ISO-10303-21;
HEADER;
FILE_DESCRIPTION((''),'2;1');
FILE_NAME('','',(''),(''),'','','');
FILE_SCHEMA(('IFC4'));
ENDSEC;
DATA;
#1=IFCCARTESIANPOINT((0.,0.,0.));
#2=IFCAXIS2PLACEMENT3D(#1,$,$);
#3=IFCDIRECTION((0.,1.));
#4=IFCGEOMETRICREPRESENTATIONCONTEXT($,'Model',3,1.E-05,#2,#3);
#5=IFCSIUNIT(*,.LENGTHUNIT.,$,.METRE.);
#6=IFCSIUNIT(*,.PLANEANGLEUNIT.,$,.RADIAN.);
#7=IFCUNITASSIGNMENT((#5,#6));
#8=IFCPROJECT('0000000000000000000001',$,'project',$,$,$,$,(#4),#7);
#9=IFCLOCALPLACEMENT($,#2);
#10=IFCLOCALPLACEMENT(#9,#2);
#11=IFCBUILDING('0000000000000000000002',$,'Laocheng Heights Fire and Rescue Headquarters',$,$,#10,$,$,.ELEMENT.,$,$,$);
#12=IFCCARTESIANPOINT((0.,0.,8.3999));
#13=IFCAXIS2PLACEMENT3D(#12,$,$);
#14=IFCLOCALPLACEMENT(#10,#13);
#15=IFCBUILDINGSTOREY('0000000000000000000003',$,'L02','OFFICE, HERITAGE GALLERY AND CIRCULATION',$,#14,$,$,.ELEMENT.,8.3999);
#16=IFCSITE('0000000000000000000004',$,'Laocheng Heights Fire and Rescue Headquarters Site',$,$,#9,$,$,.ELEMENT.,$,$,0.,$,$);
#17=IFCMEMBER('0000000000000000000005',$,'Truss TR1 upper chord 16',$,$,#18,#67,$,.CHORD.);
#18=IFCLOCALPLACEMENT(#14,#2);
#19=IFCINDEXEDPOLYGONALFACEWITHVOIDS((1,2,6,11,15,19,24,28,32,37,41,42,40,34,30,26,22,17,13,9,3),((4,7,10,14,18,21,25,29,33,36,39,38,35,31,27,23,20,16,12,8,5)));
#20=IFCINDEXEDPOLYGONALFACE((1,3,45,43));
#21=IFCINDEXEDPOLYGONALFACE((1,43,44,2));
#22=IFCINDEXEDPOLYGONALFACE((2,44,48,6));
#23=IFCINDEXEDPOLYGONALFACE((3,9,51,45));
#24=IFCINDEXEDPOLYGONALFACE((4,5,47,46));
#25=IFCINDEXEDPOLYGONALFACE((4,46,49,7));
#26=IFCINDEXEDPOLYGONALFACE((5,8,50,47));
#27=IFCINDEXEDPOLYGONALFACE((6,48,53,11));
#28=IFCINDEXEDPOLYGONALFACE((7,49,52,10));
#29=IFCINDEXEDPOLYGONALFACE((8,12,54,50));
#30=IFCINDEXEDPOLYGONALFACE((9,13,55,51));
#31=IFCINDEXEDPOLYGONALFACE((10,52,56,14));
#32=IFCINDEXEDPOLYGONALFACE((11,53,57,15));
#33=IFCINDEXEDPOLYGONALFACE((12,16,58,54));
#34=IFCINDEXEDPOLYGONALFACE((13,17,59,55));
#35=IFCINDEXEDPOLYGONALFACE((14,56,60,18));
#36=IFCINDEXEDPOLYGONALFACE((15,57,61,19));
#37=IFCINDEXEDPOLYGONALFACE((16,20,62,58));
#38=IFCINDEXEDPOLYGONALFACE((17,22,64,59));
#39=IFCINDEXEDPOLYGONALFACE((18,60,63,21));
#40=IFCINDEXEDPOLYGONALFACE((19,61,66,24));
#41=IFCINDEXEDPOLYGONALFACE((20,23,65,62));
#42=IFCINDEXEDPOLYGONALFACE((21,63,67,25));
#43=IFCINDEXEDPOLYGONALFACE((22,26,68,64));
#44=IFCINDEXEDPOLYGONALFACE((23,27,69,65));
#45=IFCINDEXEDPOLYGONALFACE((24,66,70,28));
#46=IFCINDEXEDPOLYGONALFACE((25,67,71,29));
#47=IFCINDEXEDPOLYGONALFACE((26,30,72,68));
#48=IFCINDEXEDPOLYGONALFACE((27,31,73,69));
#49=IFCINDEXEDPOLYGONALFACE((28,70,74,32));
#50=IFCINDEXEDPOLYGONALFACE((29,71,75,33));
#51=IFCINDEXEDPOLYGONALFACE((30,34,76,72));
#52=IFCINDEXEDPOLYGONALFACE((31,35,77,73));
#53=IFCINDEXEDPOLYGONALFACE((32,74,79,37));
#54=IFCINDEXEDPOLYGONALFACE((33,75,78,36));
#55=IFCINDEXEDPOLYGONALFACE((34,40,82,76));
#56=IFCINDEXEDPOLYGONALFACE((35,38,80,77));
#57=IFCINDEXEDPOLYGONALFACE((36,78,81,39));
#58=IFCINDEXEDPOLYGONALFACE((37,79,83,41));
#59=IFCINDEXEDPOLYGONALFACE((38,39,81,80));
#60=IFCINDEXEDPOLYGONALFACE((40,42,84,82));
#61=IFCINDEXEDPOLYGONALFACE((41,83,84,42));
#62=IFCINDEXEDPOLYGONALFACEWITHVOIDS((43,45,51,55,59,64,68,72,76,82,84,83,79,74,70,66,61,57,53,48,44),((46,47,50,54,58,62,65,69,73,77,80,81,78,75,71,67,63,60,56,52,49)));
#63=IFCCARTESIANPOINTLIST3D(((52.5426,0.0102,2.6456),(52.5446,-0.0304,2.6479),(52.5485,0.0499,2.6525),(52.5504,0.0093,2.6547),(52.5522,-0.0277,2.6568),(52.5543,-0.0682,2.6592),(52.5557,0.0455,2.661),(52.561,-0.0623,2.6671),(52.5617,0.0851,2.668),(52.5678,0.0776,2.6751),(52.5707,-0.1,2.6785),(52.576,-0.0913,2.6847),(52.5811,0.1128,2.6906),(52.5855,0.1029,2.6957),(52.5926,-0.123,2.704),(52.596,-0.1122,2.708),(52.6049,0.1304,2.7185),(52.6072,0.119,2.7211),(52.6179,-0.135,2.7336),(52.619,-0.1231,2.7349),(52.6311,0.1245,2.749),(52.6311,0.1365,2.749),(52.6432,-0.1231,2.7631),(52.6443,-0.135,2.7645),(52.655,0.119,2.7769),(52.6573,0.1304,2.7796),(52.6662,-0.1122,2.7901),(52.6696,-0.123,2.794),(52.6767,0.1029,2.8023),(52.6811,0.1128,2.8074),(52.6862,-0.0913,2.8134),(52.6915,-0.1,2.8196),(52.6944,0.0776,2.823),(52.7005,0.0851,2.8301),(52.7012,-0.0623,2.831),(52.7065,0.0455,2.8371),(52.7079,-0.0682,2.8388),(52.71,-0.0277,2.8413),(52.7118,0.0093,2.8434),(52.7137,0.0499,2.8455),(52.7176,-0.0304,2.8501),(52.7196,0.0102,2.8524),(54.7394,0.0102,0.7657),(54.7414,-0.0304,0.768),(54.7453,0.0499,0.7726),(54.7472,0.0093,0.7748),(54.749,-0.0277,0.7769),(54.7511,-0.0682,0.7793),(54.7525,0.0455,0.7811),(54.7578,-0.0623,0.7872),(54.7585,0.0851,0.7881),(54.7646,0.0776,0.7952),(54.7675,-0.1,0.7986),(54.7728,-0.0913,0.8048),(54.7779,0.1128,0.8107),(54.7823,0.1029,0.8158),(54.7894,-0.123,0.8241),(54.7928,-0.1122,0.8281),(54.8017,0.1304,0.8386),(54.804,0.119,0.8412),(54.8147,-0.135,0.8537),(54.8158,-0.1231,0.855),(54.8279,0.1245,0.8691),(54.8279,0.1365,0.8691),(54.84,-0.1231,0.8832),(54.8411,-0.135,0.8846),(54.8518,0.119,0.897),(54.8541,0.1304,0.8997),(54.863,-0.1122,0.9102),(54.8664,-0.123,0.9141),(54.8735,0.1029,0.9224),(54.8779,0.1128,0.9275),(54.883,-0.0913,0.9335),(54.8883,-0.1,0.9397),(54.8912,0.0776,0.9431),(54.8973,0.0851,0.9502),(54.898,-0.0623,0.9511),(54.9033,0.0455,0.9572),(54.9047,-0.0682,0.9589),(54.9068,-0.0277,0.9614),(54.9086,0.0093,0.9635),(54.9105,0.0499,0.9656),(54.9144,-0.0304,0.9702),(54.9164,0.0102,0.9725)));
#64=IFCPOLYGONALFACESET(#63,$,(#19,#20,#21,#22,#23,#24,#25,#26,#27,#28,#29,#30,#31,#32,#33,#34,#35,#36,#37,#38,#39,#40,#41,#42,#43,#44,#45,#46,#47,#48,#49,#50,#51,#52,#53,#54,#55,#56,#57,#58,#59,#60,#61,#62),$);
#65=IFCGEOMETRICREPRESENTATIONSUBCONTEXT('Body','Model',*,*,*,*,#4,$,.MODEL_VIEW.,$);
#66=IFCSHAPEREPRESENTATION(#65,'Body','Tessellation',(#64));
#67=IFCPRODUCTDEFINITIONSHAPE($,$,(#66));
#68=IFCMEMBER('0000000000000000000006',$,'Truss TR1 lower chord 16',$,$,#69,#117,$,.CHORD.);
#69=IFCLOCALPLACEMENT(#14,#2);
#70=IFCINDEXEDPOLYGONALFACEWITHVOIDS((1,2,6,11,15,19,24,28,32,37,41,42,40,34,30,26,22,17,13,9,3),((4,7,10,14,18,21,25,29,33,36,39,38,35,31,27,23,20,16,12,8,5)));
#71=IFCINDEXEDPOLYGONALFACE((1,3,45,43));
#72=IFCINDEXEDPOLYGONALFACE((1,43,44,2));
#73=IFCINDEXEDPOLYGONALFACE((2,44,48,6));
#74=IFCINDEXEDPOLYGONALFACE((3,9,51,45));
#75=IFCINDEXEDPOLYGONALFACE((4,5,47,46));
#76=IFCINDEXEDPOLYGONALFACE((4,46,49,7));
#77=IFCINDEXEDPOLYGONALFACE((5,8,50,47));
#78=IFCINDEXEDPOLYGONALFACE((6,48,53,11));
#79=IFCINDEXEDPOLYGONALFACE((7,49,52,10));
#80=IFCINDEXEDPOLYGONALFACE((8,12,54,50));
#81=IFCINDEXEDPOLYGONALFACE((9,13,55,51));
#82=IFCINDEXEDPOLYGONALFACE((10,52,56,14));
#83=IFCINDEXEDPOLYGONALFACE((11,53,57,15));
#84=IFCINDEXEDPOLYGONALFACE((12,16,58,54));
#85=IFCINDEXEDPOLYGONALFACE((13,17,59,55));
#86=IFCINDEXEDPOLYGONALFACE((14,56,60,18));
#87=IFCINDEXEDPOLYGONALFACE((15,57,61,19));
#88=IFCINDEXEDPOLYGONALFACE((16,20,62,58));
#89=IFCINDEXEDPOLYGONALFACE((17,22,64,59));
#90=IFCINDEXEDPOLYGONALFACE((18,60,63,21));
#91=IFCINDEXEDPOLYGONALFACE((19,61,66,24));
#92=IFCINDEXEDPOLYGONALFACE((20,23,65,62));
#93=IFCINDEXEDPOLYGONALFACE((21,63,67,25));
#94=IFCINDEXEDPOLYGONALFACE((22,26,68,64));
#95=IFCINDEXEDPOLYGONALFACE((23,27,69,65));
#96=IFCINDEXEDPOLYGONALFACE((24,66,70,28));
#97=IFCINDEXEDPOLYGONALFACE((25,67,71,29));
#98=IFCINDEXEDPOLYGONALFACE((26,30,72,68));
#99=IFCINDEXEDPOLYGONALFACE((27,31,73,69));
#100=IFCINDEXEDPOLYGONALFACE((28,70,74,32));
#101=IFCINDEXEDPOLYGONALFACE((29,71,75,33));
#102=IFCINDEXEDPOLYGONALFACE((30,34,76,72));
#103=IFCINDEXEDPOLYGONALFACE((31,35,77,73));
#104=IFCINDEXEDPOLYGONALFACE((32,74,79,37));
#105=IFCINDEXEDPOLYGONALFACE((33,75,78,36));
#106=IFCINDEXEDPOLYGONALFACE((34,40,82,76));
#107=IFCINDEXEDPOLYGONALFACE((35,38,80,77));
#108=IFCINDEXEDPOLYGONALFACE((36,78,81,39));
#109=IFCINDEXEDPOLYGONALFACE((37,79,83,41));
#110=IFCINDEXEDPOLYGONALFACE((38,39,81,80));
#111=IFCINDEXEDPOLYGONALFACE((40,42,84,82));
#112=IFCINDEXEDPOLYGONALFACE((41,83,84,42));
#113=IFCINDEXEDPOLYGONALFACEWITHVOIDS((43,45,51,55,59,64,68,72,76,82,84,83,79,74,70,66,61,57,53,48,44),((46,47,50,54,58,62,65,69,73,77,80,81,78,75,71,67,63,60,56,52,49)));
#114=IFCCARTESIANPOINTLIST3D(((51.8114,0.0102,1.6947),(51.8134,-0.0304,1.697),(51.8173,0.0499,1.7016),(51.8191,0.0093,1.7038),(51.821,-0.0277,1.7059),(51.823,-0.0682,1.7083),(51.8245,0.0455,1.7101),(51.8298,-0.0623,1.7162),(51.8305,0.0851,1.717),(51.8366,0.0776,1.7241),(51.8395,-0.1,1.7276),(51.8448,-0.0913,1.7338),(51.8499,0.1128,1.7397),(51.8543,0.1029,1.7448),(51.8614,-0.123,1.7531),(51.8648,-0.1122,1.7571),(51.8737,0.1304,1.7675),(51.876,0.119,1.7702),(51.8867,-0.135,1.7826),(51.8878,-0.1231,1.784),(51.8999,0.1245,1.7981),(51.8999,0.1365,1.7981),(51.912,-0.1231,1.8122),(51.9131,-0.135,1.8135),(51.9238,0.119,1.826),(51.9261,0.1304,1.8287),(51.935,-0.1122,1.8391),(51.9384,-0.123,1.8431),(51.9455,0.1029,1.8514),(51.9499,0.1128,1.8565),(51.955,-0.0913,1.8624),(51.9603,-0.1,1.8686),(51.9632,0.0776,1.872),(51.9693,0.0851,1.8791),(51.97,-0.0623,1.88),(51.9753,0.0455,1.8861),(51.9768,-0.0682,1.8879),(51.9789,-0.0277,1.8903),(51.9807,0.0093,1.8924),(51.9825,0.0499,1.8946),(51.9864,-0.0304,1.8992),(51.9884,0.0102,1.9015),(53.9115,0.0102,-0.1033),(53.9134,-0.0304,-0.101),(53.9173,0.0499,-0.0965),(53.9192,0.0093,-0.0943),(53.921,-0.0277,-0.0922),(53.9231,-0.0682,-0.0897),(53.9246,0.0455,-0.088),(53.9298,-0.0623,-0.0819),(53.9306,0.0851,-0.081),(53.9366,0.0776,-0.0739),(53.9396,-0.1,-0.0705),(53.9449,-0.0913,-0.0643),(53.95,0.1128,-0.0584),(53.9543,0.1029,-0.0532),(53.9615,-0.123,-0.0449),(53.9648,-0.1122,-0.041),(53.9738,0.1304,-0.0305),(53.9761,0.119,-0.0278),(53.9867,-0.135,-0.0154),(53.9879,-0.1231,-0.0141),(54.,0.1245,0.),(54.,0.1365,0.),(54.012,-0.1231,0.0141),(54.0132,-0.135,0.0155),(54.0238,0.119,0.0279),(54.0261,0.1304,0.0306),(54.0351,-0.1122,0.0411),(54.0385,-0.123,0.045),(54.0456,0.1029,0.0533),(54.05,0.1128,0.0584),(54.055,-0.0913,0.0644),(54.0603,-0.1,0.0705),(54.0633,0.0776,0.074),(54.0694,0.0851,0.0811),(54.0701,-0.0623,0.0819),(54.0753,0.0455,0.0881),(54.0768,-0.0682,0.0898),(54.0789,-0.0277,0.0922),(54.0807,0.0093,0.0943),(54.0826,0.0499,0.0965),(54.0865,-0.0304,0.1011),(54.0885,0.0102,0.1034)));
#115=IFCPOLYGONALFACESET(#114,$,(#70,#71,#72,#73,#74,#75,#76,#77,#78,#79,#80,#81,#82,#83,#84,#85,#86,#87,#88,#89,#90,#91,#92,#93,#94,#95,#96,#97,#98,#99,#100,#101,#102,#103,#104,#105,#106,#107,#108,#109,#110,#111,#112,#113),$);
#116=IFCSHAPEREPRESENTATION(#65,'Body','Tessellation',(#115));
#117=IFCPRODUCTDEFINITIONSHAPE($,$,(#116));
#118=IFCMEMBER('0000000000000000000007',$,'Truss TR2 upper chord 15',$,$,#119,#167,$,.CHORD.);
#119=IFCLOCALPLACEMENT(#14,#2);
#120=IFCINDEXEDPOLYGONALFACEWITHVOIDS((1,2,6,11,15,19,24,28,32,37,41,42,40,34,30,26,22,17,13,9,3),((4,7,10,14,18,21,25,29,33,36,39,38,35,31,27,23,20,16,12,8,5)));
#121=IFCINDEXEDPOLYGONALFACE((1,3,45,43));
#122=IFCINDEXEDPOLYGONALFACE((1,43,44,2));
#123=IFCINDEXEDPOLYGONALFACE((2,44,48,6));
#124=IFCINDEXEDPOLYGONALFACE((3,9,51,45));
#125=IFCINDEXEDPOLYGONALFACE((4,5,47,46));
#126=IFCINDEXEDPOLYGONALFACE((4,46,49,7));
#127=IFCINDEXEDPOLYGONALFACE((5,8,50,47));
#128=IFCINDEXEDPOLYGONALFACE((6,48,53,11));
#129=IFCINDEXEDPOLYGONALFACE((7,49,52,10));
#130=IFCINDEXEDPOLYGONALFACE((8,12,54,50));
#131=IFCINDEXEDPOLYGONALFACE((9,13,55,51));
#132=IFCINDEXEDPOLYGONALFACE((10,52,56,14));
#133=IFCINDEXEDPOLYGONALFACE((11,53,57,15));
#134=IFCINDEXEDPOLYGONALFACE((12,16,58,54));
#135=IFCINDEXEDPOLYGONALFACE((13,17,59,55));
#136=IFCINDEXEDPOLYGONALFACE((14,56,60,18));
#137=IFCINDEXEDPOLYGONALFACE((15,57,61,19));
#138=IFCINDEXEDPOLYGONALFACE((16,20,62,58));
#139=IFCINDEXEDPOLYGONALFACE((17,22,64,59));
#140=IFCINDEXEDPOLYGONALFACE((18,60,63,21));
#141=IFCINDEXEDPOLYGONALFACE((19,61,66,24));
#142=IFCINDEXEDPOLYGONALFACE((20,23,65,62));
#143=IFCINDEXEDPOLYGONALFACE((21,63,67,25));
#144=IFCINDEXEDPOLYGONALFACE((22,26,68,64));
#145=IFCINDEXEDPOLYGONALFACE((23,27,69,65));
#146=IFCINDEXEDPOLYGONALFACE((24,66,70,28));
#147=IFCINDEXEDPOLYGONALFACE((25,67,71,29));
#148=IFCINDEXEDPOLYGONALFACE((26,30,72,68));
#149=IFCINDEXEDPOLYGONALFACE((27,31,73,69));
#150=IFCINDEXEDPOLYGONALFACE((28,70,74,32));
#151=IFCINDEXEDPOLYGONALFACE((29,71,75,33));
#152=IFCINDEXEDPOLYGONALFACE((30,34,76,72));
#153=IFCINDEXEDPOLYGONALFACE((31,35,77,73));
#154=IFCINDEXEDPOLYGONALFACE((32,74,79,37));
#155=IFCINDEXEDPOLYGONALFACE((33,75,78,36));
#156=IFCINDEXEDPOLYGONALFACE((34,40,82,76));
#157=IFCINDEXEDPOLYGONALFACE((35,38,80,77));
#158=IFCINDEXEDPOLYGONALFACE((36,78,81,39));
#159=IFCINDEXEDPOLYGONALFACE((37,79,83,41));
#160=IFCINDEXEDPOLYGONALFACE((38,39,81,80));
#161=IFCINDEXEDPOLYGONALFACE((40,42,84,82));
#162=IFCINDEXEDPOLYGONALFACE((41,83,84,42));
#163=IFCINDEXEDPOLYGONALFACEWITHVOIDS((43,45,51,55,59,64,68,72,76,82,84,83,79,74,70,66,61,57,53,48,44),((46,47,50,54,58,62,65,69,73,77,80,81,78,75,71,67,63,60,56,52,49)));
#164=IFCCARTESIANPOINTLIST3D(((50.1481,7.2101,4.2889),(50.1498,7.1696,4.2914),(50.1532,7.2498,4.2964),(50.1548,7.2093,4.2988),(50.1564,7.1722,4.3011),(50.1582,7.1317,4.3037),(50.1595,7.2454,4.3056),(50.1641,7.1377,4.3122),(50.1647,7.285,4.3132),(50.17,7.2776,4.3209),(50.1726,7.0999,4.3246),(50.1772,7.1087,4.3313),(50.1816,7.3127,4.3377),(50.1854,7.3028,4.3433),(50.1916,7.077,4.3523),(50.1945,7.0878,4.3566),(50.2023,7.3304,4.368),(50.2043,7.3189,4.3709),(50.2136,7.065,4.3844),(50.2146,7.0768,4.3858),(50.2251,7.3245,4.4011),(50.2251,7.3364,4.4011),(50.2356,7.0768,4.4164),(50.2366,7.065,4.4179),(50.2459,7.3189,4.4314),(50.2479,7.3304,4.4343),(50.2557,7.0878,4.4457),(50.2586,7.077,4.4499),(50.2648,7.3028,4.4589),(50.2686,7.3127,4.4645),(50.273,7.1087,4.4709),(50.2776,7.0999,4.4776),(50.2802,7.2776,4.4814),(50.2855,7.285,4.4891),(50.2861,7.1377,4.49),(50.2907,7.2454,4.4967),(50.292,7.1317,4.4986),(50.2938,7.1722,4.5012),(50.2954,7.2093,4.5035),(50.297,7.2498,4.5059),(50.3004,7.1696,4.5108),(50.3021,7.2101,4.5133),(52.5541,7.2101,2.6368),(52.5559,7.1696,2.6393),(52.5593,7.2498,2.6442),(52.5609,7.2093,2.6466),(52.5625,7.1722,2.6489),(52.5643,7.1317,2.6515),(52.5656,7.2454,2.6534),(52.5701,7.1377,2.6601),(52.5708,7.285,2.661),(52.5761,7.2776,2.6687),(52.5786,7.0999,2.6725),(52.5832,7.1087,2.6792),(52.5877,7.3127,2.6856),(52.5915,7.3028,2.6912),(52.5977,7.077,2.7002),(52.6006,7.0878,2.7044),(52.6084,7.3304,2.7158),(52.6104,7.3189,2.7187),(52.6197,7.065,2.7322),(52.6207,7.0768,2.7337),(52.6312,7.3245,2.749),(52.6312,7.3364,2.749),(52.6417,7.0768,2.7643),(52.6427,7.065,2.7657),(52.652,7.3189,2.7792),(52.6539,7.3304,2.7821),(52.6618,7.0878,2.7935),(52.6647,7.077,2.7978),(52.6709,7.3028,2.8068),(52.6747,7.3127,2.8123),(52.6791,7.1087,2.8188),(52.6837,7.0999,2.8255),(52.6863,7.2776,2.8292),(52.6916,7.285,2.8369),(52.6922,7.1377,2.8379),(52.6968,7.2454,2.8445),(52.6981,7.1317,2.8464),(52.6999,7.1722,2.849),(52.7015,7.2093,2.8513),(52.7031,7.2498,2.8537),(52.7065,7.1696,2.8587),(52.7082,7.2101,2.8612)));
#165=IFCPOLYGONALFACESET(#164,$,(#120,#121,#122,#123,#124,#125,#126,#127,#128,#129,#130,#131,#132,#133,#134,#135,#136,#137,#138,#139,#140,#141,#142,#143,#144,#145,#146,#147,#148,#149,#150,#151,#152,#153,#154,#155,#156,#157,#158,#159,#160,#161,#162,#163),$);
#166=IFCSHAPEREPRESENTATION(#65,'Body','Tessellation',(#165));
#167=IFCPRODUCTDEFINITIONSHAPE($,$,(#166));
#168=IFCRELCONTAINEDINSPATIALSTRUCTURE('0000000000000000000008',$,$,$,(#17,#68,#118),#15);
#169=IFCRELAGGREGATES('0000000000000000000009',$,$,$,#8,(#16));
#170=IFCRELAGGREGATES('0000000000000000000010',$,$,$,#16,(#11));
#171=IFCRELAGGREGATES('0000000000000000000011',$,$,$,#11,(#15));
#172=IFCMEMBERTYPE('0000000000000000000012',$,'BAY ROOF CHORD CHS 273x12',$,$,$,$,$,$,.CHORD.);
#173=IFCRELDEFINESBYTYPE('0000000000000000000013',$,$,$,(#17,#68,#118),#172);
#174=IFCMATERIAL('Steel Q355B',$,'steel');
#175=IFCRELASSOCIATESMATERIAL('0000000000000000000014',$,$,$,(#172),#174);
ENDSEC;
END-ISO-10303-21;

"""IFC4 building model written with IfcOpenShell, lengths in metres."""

from ifc_helpers import new_model, si_unit, direction, frame, origin, origin_2d, place, context, subcontext, project, spatial, hollow_circle, extrude, material, material_profile, profile_set, type_object, element, save


model = new_model("IFC4")

# Units and contexts
model_context = context("Model", 3, precision=1e-05, world=origin(), true_north=direction((0.0, 1.0)))
body_context = subcontext(model_context, "Body", "Model", "MODEL_VIEW")
ifc_project = project(units=[si_unit("LENGTHUNIT", "METRE"), si_unit("PLANEANGLEUNIT", "RADIAN")], contexts=[model_context])

# Site, building, storey
site_placement = place(None, origin())
site = spatial("IfcSite", under=ifc_project, at=site_placement, Name="Laocheng Heights Fire and Rescue Headquarters Site", CompositionType="ELEMENT", RefElevation=0.0)
building_placement = place(site_placement, origin())
building = spatial("IfcBuilding", under=site, at=building_placement, Name="Laocheng Heights Fire and Rescue Headquarters", CompositionType="ELEMENT")
storey_placement = place(building_placement, frame((0.0, 0.0, 8.3999)))
storey = spatial("IfcBuildingStorey", under=building, at=storey_placement, Name="L02", Description="OFFICE, HERITAGE GALLERY AND CIRCULATION", CompositionType="ELEMENT", Elevation=8.3999)

# Members
ifc_material_1 = material(Name="Steel Q355B", Category="steel")
ifc_material_profile_1 = material_profile(ifc_material_1, hollow_circle(Radius=0.1365, WallThickness=0.012, at=origin_2d()), Name="CHS 273x12")
ifc_profile_set_1 = profile_set([ifc_material_profile_1], Name="Steel Q355B")
member_type_1 = type_object("IfcMemberType", Name="BAY ROOF CHORD CHS 273x12", PredefinedType="CHORD", material=ifc_profile_set_1)
member_1_placement = place(storey_placement, frame((52.6311, 0.0, 2.749), z_axis=(0.759781, 0.0, -0.650179), x_axis=(0.0, 1.0, 0.0)))
element("IfcMember", 1, at=member_1_placement, inside=storey, type_object=member_type_1, Name="Truss TR1 upper chord 16", PredefinedType="CHORD", context=body_context, shape_type="SweptSolid", body=[
    extrude(hollow_circle(Radius=0.1365, WallThickness=0.012, at=origin_2d()), origin(), (0.0, 0.0, 1.0), 2.8914),
])
member_2_placement = place(storey_placement, frame((51.8999, 0.0, 1.7981), z_axis=(0.759612, 0.0, -0.650377), x_axis=(0.0, 1.0, 0.0)))
element("IfcMember", 2, at=member_2_placement, inside=storey, type_object=member_type_1, Name="Truss TR1 lower chord 16", PredefinedType="CHORD", context=body_context, shape_type="SweptSolid", body=[
    extrude(hollow_circle(Radius=0.1365, WallThickness=0.012, at=origin_2d()), origin(), (0.0, 0.0, 1.0), 2.7646),
])
member_3_placement = place(storey_placement, frame((50.2251, 7.2, 4.4011), z_axis=(0.824366, 0.0, -0.566057), x_axis=(0.0, 1.0, 0.0)))
element("IfcMember", 3, at=member_3_placement, inside=storey, type_object=member_type_1, Name="Truss TR2 upper chord 15", PredefinedType="CHORD", context=body_context, shape_type="SweptSolid", body=[
    extrude(hollow_circle(Radius=0.1365, WallThickness=0.012, at=origin_2d()), origin(), (0.0, 0.0, 1.0), 2.9187),
])

save(model, "model.ifc")
